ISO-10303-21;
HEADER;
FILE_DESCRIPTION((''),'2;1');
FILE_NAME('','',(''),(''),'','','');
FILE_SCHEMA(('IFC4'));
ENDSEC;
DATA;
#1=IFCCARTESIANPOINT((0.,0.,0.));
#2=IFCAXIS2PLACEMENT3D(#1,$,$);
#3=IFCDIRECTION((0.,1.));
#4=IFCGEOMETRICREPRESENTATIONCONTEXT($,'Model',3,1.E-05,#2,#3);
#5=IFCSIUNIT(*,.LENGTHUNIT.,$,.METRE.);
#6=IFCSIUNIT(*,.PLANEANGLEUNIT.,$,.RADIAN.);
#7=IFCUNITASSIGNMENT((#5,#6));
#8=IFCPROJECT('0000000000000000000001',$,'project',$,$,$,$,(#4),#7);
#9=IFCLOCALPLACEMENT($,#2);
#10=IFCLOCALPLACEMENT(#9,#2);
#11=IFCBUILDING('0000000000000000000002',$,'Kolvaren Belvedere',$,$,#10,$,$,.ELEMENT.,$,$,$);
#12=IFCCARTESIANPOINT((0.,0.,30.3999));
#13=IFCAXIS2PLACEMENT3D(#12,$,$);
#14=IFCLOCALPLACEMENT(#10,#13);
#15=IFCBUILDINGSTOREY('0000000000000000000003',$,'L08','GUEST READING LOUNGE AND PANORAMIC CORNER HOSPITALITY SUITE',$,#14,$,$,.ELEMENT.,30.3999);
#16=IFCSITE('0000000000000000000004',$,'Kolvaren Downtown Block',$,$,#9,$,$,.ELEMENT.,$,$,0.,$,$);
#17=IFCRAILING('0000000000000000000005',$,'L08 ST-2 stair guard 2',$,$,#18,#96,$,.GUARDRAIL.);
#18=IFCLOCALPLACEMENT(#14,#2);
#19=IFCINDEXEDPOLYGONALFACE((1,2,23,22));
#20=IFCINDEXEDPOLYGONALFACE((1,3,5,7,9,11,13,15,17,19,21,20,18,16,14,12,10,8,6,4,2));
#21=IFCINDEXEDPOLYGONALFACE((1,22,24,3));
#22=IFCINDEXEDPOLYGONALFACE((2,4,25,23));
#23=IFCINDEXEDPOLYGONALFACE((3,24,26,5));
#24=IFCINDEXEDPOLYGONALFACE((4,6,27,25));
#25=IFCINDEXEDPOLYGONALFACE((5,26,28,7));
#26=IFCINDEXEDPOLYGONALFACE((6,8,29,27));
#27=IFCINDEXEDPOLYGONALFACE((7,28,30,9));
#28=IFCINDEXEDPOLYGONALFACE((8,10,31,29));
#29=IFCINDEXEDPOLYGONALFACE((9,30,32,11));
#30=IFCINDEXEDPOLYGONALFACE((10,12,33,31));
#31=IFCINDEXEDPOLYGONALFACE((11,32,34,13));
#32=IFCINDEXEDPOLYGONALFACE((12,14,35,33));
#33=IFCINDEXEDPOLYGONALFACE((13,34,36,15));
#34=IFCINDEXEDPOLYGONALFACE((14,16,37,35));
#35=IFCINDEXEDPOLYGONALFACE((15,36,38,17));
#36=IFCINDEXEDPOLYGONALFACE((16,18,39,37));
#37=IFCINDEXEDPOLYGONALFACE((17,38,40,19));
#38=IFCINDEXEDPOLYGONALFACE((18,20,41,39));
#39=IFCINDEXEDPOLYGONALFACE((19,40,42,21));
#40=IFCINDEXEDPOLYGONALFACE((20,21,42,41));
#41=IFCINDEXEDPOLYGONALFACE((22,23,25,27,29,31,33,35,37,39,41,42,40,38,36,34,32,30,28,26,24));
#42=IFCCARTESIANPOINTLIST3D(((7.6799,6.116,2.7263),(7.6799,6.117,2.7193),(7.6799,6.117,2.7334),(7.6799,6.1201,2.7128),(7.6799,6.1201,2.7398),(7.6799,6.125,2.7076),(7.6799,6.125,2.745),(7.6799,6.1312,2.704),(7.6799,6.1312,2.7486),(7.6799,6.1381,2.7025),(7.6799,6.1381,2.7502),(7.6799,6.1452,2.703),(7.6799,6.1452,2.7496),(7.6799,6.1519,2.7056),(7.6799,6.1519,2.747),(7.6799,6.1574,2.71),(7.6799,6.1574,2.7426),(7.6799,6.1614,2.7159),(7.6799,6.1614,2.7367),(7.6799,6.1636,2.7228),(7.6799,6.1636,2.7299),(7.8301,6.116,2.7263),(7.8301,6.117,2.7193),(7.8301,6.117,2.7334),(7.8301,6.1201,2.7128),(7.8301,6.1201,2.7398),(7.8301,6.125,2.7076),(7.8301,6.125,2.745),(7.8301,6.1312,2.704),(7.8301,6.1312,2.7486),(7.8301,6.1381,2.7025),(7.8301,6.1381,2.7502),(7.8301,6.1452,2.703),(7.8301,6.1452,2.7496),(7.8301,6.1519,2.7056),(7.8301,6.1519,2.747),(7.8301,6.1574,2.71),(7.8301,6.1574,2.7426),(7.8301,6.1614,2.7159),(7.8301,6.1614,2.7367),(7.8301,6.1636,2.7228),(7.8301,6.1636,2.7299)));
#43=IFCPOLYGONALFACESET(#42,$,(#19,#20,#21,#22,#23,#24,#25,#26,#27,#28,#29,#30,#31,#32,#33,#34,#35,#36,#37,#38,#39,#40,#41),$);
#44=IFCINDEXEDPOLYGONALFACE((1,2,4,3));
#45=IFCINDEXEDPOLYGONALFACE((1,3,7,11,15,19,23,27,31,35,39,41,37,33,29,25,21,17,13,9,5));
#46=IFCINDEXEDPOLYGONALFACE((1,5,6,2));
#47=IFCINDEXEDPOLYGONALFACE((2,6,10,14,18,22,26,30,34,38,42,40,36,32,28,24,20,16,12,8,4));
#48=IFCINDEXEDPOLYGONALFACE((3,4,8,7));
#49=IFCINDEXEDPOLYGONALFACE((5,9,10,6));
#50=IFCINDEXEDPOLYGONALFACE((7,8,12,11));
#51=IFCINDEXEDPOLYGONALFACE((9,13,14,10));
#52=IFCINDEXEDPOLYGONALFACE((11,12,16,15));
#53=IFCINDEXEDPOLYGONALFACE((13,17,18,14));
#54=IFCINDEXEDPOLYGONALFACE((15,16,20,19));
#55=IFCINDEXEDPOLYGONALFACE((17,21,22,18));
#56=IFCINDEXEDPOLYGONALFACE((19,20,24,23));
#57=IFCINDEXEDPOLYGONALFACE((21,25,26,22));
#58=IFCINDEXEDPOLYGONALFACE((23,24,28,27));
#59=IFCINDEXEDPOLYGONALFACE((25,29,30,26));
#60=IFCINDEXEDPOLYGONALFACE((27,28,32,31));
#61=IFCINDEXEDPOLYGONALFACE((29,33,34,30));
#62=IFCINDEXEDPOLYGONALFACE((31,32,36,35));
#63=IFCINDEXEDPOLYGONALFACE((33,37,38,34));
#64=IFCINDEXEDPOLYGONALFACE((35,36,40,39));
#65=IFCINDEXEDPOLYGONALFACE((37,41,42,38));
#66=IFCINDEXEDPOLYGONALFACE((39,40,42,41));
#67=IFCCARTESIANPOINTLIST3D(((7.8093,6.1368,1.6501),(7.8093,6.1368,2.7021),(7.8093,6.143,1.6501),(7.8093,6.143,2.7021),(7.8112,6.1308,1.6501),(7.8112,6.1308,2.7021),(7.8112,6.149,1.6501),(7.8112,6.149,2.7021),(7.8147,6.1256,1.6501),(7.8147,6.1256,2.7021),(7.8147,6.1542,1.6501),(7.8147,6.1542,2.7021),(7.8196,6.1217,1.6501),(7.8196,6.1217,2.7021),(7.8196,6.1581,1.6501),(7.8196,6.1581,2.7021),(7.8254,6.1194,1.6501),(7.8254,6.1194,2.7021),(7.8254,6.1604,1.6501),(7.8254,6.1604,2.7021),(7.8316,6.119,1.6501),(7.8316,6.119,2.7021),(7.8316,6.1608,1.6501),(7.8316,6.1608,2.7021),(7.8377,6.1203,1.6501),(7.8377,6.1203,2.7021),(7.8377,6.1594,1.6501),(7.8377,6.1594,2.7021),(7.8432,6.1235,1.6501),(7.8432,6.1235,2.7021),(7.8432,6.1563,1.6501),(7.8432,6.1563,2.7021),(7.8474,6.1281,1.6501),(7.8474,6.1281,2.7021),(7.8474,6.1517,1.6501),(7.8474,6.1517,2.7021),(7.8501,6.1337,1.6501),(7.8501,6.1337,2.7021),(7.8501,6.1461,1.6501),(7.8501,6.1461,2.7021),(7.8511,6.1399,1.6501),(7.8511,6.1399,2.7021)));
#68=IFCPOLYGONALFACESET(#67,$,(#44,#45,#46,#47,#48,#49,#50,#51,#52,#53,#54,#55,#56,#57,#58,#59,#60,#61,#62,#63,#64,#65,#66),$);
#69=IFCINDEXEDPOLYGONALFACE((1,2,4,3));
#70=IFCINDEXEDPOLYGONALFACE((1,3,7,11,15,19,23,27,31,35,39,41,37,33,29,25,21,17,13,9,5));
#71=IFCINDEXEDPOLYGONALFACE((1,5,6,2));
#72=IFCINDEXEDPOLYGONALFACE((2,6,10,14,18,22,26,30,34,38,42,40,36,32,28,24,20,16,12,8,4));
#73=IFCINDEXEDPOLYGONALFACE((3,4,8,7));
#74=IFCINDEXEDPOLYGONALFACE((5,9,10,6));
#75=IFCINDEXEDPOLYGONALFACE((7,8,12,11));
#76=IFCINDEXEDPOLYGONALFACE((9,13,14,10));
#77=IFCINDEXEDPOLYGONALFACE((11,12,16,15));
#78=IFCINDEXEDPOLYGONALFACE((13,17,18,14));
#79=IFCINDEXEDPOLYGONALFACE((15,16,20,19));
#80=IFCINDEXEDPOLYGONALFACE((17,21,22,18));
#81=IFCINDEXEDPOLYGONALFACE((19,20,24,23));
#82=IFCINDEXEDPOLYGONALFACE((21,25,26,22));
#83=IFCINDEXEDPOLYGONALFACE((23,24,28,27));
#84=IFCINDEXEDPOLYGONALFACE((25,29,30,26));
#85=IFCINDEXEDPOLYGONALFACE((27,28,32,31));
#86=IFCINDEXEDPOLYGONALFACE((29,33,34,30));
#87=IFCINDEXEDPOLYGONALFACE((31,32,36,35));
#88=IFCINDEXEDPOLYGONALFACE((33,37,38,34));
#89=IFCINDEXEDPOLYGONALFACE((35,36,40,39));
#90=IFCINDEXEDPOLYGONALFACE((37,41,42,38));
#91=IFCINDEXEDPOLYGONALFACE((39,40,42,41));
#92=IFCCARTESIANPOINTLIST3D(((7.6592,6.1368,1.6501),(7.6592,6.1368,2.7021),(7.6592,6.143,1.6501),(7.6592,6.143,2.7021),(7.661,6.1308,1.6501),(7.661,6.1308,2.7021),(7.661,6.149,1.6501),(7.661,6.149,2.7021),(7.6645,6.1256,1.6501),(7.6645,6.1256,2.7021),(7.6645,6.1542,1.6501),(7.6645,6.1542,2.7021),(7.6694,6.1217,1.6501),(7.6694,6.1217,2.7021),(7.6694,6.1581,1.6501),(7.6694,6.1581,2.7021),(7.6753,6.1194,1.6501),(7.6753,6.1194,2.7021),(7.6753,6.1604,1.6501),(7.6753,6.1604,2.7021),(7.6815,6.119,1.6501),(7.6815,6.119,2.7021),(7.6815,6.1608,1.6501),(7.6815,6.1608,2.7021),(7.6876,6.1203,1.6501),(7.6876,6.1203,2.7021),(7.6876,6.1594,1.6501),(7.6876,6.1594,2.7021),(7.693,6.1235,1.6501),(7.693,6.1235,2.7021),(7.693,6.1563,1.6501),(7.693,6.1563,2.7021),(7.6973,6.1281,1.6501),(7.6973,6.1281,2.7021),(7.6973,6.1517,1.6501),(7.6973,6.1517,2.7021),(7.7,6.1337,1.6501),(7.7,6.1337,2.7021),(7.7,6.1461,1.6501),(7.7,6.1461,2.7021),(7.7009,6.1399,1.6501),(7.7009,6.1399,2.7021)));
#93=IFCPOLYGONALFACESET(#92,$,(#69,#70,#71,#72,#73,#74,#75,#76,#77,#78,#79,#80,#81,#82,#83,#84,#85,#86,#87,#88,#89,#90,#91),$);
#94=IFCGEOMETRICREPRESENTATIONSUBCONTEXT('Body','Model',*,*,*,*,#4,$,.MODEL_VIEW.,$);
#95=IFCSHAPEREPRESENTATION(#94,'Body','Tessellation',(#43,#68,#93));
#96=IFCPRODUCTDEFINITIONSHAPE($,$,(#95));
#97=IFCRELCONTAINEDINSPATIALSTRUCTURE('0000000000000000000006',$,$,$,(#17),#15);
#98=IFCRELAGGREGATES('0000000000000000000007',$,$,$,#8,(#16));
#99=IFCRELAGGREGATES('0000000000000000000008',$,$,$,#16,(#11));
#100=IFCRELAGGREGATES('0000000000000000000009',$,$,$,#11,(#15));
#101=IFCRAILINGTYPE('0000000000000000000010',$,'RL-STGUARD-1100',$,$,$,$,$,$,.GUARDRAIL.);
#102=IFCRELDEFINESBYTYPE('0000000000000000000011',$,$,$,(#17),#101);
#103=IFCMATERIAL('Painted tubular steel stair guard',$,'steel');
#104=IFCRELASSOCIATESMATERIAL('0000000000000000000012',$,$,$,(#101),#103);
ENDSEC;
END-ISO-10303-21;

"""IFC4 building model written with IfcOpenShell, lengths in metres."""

from ifc_helpers import new_model, si_unit, direction, frame, origin, origin_2d, place, context, subcontext, project, spatial, circle, extrude, material, type_object, element, save


model = new_model("IFC4")

# Units and contexts
model_context = context("Model", 3, precision=1e-05, world=origin(), true_north=direction((0.0, 1.0)))
body_context = subcontext(model_context, "Body", "Model", "MODEL_VIEW")
ifc_project = project(units=[si_unit("LENGTHUNIT", "METRE"), si_unit("PLANEANGLEUNIT", "RADIAN")], contexts=[model_context])

# Site, building, storey
site_placement = place(None, origin())
site = spatial("IfcSite", under=ifc_project, at=site_placement, Name="Kolvaren Downtown Block", CompositionType="ELEMENT", RefElevation=0.0)
building_placement = place(site_placement, origin())
building = spatial("IfcBuilding", under=site, at=building_placement, Name="Kolvaren Belvedere", CompositionType="ELEMENT")
storey_placement = place(building_placement, frame((0.0, 0.0, 30.3999)))
storey = spatial("IfcBuildingStorey", under=building, at=storey_placement, Name="L08", Description="GUEST READING LOUNGE AND PANORAMIC CORNER HOSPITALITY SUITE", CompositionType="ELEMENT", Elevation=30.3999)

# Railing
ifc_material_1 = material(Name="Painted tubular steel stair guard", Category="steel")
railing_type_1 = type_object("IfcRailingType", Name="RL-STGUARD-1100", PredefinedType="GUARDRAIL", material=ifc_material_1)
railing_1_placement = place(storey_placement, frame((7.8301, 6.1399, 1.6501)))
element("IfcRailing", 1, at=railing_1_placement, inside=storey, type_object=railing_type_1, Name="L08 ST-2 stair guard 2", PredefinedType="GUARDRAIL", context=body_context, shape_type="SweptSolid", body=[
    extrude(circle(Radius=0.0239, at=origin_2d()), frame((0.0, 0.0, 1.0762), z_axis=(-1.0, 0.0, 0.0), x_axis=(0.0, -1.0, 0.0)), (0.0, 0.0, 1.0), 0.1501),
    extrude(circle(Radius=0.021, at=origin_2d()), origin(), (0.0, 0.0, 1.0), 1.052),
    extrude(circle(Radius=0.021, at=origin_2d()), frame((-0.1501, 0.0, 0.0)), (0.0, 0.0, 1.0), 1.052),
])

save(model, "model.ifc")
